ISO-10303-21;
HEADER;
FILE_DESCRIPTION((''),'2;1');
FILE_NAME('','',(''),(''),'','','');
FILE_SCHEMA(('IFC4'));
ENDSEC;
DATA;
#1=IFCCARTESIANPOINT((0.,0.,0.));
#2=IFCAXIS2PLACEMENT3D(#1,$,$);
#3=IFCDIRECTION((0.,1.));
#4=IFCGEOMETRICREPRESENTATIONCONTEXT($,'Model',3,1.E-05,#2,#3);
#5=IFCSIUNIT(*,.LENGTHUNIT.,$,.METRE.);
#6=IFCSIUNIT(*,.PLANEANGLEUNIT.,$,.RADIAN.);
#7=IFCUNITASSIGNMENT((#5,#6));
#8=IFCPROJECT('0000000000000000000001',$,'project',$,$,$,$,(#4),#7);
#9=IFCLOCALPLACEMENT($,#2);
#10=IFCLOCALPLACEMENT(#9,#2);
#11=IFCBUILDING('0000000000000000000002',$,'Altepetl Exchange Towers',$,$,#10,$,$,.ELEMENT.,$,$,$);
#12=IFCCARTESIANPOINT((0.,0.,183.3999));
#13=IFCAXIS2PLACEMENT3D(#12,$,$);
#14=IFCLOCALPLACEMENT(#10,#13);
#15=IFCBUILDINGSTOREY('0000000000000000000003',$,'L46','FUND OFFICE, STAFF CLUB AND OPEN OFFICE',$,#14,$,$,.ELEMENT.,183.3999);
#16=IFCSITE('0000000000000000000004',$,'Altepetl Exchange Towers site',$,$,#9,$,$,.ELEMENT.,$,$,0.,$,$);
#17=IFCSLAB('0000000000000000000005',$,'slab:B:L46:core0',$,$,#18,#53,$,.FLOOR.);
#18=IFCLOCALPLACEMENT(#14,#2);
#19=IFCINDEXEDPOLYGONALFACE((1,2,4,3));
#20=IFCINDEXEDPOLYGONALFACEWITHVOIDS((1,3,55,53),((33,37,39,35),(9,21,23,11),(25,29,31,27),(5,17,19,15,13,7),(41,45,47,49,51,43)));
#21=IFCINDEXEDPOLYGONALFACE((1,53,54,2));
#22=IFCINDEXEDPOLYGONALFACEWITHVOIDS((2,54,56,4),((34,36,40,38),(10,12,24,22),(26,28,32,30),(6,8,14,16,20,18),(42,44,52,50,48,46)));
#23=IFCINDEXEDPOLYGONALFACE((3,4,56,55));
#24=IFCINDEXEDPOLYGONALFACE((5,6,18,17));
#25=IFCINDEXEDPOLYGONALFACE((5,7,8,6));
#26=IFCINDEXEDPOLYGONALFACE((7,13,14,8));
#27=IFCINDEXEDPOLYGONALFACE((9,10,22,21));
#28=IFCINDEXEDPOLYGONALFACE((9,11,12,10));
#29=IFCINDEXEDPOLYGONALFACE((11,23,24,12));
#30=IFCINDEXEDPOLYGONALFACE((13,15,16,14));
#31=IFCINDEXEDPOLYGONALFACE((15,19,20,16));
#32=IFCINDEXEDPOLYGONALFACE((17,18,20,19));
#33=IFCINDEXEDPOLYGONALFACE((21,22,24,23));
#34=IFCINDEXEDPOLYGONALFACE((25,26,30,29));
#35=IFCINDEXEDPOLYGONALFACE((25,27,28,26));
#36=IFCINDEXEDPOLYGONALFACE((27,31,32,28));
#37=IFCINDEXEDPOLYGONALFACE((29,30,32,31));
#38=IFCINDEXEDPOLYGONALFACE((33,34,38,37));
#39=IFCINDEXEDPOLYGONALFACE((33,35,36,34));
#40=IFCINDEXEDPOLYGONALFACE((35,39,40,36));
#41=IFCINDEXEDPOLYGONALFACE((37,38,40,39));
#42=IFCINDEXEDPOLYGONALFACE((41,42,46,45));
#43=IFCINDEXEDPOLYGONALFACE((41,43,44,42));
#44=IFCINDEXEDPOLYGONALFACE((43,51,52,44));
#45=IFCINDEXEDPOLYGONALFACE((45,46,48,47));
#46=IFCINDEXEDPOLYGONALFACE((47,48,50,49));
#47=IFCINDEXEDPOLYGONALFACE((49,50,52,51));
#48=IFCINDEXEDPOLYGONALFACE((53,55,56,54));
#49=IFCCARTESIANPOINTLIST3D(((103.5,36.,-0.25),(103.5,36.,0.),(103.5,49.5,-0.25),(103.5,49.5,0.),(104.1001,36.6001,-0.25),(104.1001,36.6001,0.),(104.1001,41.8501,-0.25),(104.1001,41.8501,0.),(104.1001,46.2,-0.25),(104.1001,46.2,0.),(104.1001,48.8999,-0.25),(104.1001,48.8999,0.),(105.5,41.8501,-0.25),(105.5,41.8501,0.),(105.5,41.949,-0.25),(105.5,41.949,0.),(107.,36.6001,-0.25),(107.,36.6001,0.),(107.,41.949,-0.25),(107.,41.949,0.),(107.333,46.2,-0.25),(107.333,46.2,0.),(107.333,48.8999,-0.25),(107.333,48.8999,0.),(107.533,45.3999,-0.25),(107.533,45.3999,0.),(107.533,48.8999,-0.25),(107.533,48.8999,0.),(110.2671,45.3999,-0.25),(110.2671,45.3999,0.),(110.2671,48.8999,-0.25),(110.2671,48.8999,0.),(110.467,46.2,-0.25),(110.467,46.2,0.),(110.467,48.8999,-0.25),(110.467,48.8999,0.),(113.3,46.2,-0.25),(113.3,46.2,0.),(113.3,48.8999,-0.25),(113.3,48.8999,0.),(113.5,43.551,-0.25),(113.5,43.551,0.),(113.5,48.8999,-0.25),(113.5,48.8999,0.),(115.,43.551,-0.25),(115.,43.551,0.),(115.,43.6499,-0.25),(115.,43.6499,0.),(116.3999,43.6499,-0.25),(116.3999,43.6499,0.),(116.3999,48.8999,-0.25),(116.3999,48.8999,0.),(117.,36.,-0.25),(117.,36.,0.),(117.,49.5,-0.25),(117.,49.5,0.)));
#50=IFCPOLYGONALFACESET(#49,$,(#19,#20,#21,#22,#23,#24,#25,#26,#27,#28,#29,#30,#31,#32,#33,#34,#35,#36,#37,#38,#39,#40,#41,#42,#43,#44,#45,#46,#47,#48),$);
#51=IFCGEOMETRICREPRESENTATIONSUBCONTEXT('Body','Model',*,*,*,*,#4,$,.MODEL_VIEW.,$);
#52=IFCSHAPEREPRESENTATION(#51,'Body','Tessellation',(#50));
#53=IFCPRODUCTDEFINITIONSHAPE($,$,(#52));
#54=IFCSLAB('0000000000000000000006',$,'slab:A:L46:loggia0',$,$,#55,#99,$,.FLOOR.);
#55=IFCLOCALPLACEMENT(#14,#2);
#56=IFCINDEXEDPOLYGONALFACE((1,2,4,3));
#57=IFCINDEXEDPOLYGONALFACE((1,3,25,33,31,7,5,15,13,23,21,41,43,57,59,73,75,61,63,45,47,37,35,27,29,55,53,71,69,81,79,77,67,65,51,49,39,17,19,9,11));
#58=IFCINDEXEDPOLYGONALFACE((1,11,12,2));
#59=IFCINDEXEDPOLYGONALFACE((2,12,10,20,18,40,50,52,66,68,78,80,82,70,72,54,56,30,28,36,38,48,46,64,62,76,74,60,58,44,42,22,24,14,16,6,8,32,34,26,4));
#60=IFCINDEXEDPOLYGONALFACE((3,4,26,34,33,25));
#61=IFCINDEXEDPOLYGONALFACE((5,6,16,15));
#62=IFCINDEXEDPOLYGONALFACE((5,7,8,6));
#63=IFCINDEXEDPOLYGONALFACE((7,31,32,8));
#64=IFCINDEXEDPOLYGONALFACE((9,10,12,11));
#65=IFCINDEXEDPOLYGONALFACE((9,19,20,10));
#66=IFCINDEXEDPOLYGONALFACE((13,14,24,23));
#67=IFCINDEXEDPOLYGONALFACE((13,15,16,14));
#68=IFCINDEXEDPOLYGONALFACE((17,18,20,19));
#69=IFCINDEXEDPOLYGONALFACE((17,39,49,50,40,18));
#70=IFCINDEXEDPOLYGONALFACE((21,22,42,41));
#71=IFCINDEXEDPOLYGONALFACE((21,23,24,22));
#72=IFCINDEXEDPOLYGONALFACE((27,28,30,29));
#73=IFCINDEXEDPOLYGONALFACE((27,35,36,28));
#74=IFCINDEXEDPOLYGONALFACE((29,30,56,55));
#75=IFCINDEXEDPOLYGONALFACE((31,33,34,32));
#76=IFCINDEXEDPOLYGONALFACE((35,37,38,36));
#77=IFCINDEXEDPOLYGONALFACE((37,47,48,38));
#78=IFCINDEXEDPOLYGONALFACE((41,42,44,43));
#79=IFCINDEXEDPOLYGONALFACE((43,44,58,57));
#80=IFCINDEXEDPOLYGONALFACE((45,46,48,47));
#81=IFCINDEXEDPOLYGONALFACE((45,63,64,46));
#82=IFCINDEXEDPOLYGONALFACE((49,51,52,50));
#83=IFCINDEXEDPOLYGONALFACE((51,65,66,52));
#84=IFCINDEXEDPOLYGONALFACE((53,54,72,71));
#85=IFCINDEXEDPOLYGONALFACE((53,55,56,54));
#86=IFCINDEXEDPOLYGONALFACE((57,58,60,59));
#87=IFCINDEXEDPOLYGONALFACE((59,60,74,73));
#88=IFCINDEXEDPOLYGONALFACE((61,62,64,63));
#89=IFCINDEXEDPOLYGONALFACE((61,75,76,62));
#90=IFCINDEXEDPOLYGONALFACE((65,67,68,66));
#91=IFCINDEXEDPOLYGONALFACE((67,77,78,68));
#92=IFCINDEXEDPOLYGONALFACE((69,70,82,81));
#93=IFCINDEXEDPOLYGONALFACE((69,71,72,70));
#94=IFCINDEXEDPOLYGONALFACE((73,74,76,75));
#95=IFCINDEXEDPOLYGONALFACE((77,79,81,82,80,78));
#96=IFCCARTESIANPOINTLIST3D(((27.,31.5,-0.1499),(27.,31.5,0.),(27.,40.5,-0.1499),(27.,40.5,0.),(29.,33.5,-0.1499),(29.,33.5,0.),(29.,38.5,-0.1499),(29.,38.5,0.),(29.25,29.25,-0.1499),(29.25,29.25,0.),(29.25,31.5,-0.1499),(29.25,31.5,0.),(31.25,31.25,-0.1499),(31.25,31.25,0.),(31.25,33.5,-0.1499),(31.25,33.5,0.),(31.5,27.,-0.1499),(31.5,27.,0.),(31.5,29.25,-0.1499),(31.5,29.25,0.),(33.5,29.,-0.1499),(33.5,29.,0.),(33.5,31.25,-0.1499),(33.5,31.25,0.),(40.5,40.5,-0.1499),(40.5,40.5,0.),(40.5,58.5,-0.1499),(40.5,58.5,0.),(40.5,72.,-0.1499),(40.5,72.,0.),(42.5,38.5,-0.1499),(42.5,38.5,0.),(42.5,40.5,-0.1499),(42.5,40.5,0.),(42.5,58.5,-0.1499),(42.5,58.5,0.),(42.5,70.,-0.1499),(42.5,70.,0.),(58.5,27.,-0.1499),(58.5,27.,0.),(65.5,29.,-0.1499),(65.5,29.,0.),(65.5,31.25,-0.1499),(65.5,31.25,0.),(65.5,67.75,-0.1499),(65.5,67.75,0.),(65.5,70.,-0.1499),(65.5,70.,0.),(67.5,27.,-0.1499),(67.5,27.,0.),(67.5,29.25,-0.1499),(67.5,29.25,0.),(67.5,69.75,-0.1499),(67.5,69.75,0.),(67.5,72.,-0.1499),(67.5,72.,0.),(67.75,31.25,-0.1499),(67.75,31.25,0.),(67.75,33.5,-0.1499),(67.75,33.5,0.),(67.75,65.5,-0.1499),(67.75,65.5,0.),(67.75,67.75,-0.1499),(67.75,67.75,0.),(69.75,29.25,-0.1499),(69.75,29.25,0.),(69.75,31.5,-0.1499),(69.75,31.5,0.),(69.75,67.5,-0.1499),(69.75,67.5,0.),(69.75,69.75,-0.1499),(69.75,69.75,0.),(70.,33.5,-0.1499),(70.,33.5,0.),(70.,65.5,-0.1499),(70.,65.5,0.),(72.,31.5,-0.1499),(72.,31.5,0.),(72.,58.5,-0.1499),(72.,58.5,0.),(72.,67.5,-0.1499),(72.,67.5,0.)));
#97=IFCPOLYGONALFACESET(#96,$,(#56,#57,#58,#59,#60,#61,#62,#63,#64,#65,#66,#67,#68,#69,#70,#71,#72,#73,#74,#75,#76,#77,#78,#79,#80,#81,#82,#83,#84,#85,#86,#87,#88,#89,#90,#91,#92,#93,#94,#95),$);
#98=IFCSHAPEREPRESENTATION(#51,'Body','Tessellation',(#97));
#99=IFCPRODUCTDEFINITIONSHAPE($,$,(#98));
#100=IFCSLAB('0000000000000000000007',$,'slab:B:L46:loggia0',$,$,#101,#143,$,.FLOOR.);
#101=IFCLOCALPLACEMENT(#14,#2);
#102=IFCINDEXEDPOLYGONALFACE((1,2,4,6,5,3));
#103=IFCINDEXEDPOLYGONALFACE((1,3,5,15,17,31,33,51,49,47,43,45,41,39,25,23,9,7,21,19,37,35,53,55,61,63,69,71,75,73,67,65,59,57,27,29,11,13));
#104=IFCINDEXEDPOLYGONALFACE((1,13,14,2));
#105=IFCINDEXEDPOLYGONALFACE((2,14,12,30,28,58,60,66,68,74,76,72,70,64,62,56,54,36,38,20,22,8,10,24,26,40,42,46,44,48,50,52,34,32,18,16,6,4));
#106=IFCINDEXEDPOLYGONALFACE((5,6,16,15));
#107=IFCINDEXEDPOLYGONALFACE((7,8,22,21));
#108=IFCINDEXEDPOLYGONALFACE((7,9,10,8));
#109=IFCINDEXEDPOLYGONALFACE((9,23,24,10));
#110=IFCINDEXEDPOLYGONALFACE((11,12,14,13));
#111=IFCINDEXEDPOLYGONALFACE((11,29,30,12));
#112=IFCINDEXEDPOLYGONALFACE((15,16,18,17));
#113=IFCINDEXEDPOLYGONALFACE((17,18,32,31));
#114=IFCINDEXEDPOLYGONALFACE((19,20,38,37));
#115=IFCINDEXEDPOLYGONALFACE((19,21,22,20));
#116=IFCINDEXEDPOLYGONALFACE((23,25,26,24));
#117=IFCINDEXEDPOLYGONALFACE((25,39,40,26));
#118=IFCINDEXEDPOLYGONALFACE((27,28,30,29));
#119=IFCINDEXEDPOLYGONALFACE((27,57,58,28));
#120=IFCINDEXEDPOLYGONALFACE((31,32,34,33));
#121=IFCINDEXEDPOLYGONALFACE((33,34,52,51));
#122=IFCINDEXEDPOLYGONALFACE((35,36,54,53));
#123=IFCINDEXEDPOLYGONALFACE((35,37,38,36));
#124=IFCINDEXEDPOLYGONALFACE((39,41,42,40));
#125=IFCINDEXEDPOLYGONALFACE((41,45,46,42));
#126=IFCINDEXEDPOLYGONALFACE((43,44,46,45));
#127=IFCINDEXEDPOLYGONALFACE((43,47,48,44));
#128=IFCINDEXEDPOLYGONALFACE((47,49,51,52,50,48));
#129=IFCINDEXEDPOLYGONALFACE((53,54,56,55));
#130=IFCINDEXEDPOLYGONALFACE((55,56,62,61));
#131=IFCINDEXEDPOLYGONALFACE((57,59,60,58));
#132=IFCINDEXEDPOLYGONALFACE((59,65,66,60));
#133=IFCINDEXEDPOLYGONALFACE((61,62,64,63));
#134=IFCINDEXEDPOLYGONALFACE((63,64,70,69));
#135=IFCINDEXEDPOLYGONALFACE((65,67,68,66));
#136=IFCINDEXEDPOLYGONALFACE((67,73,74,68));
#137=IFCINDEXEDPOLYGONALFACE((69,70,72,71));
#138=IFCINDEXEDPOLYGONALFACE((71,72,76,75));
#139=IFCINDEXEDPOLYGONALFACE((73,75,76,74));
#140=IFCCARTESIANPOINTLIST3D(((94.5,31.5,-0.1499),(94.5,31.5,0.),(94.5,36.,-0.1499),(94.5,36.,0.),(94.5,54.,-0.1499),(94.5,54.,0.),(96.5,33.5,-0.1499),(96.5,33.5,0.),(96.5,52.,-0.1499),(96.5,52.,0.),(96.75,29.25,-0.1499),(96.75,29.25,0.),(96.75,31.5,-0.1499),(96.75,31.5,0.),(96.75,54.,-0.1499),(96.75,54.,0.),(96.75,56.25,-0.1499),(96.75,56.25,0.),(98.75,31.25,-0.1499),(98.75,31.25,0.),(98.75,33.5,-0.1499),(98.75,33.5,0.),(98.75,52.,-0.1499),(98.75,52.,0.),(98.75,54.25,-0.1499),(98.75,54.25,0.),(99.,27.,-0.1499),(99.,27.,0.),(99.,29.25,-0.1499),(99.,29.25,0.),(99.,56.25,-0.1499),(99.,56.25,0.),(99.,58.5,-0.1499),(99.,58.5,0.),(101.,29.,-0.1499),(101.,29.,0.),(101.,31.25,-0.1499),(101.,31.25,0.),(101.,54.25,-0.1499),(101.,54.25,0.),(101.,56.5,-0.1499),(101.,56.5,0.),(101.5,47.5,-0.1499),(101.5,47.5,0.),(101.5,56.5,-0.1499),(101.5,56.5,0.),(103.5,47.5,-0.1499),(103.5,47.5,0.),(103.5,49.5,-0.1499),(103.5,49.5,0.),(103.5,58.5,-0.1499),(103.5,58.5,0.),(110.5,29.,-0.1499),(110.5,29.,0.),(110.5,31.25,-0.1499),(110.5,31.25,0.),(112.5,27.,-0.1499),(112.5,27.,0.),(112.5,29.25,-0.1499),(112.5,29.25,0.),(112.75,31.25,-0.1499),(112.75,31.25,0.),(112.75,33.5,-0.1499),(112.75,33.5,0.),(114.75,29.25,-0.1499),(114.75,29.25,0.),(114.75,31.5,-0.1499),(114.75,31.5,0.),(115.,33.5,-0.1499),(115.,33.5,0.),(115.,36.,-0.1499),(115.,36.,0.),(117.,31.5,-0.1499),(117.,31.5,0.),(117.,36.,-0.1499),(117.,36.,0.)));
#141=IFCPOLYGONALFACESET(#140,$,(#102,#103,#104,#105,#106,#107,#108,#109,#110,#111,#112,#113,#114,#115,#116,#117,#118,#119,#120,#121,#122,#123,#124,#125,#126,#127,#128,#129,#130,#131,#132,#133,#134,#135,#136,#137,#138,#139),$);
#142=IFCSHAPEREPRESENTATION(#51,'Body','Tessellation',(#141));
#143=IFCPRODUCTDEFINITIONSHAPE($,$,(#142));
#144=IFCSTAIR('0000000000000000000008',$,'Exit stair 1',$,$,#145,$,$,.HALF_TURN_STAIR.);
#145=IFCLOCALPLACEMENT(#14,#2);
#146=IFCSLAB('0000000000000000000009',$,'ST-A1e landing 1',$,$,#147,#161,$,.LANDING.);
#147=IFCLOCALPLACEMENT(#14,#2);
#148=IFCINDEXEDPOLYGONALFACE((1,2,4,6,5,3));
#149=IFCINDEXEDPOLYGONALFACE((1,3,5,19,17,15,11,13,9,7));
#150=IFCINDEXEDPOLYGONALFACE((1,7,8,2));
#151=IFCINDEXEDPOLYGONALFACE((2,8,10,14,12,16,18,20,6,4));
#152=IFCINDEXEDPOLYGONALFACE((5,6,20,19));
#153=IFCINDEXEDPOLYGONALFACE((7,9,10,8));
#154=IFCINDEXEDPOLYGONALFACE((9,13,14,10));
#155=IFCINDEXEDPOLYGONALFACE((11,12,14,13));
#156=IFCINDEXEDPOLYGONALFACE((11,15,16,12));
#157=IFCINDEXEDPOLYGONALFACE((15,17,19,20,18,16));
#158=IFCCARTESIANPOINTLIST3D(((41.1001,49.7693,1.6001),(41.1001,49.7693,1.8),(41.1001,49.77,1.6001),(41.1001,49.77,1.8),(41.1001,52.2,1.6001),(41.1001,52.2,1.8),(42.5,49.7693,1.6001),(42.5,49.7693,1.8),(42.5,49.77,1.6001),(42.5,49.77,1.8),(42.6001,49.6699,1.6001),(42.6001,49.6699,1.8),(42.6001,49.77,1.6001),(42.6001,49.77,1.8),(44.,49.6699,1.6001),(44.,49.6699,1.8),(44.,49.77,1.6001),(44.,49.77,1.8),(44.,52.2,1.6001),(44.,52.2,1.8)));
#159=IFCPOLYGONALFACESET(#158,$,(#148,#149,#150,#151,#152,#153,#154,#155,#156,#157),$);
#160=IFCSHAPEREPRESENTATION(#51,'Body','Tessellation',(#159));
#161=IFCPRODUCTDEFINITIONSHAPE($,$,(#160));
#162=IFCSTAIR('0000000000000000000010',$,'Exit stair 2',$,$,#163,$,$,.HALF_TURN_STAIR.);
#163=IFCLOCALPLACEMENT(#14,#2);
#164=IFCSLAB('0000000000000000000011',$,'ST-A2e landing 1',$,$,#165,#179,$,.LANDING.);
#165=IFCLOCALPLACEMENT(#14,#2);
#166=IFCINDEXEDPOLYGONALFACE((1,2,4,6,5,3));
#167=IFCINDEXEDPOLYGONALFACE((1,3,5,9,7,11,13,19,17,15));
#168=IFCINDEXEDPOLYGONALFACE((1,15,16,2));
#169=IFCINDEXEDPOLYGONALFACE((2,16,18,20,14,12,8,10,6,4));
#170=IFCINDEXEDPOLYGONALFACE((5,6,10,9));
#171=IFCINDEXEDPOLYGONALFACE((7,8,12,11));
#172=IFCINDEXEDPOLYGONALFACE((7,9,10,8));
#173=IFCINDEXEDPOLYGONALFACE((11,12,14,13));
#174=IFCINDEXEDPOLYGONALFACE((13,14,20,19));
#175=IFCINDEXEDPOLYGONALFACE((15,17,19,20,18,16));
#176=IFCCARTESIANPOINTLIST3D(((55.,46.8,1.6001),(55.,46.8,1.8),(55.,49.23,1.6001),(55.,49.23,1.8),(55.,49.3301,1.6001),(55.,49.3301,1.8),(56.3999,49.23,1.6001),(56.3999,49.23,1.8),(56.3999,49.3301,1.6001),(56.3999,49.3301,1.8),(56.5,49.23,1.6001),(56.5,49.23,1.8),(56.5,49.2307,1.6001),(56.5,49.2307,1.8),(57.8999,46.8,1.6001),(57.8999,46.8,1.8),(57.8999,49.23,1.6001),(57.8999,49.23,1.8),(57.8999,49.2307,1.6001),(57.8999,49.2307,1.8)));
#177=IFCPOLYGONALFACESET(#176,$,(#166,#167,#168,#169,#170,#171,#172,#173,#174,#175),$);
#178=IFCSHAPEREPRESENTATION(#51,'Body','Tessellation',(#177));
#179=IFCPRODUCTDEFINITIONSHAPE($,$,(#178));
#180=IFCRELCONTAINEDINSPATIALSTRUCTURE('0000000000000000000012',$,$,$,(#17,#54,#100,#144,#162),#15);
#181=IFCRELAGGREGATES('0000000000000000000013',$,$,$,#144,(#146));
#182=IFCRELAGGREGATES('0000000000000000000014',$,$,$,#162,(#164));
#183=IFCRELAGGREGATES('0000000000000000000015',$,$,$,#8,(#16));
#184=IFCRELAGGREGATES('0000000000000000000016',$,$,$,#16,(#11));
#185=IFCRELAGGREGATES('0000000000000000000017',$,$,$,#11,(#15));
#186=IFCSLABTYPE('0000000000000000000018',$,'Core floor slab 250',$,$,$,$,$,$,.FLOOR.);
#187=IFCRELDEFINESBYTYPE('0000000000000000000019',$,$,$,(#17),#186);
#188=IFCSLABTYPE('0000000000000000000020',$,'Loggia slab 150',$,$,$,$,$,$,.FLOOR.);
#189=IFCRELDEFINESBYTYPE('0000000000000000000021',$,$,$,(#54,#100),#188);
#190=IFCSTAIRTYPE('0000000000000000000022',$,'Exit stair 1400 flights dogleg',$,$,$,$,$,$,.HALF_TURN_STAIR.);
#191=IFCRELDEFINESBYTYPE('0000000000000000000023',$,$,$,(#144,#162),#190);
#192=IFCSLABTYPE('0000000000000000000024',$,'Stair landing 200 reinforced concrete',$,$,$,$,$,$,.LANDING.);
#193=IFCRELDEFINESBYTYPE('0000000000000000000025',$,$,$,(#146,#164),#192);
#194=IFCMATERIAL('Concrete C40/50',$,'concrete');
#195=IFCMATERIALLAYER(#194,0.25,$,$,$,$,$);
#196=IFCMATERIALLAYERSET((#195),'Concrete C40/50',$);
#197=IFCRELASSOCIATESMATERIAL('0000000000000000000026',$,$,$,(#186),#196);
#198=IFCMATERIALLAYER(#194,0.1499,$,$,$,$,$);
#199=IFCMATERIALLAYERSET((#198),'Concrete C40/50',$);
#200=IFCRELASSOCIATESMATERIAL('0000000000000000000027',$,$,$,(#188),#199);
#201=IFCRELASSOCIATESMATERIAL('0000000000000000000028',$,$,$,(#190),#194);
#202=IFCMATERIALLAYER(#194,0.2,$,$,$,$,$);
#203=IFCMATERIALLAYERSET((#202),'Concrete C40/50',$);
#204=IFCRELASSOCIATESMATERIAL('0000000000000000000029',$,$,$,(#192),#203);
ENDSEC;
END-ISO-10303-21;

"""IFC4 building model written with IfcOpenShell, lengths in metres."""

from ifc_helpers import new_model, si_unit, direction, frame, origin, place, context, subcontext, project, spatial, polyline, outline, extrude, material, layer, layer_set, type_object, element, aggregate, save


model = new_model("IFC4")

# Units and contexts
model_context = context("Model", 3, precision=1e-05, world=origin(), true_north=direction((0.0, 1.0)))
body_context = subcontext(model_context, "Body", "Model", "MODEL_VIEW")
ifc_project = project(units=[si_unit("LENGTHUNIT", "METRE"), si_unit("PLANEANGLEUNIT", "RADIAN")], contexts=[model_context])

# Site, building, storey
site_placement = place(None, origin())
site = spatial("IfcSite", under=ifc_project, at=site_placement, Name="Altepetl Exchange Towers site", CompositionType="ELEMENT", RefElevation=0.0)
building_placement = place(site_placement, origin())
building = spatial("IfcBuilding", under=site, at=building_placement, Name="Altepetl Exchange Towers", CompositionType="ELEMENT")
storey_placement = place(building_placement, frame((0.0, 0.0, 183.3999)))
storey = spatial("IfcBuildingStorey", under=building, at=storey_placement, Name="L46", Description="FUND OFFICE, STAFF CLUB AND OPEN OFFICE", CompositionType="ELEMENT", Elevation=183.3999)

# Slabs
ifc_material_1 = material(Name="Concrete C40/50", Category="concrete")
ifc_layer_1 = layer(ifc_material_1, 0.25)
ifc_layer_set_1 = layer_set([ifc_layer_1], Name="Concrete C40/50")
slab_type_1 = type_object("IfcSlabType", Name="Core floor slab 250", PredefinedType="FLOOR", material=ifc_layer_set_1)
slab_1_placement = place(storey_placement, frame((0.0, 0.0, -0.25)))
element("IfcSlab", 1, at=slab_1_placement, inside=storey, type_object=slab_type_1, Name="slab:B:L46:core0", PredefinedType="FLOOR", context=body_context, shape_type="SweptSolid", body=[
    extrude(outline(polyline([(103.5, 36.0), (117.0, 36.0), (117.0, 49.5), (103.5, 49.5), (103.5, 36.0)]), holes=[polyline([(107.0, 36.6001), (104.1001, 36.6001), (104.1001, 41.8501), (105.5, 41.8501), (105.5, 41.949), (107.0, 41.949), (107.0, 36.6001)]), polyline([(113.5, 48.8999), (116.3999, 48.8999), (116.3999, 43.6499), (115.0, 43.6499), (115.0, 43.551), (113.5, 43.551), (113.5, 48.8999)]), polyline([(107.533, 45.3999), (107.533, 48.8999), (110.2671, 48.8999), (110.2671, 45.3999), (107.533, 45.3999)]), polyline([(104.1001, 48.8999), (107.333, 48.8999), (107.333, 46.2), (104.1001, 46.2), (104.1001, 48.8999)]), polyline([(110.467, 48.8999), (113.3, 48.8999), (113.3, 46.2), (110.467, 46.2), (110.467, 48.8999)])]), origin(), (0.0, 0.0, 1.0), 0.25),
])
ifc_layer_2 = layer(ifc_material_1, 0.1499)
ifc_layer_set_2 = layer_set([ifc_layer_2], Name="Concrete C40/50")
slab_type_2 = type_object("IfcSlabType", Name="Loggia slab 150", PredefinedType="FLOOR", material=ifc_layer_set_2)
slab_2_placement = place(storey_placement, frame((0.0, 0.0, -0.1499)))
element("IfcSlab", 2, at=slab_2_placement, inside=storey, type_object=slab_type_2, Name="slab:A:L46:loggia0", PredefinedType="FLOOR", context=body_context, shape_type="SweptSolid", body=[
    extrude(outline(polyline([(40.5, 72.0), (40.5, 58.5), (42.5, 58.5), (42.5, 70.0), (65.5, 70.0), (65.5, 67.75), (67.75, 67.75), (67.75, 65.5), (70.0, 65.5), (70.0, 33.5), (67.75, 33.5), (67.75, 31.25), (65.5, 31.25), (65.5, 29.0), (33.5, 29.0), (33.5, 31.25), (31.25, 31.25), (31.25, 33.5), (29.0, 33.5), (29.0, 38.5), (42.5, 38.5), (42.5, 40.5), (40.5, 40.5), (27.0, 40.5), (27.0, 31.5), (29.25, 31.5), (29.25, 29.25), (31.5, 29.25), (31.5, 27.0), (58.5, 27.0), (67.5, 27.0), (67.5, 29.25), (69.75, 29.25), (69.75, 31.5), (72.0, 31.5), (72.0, 58.5), (72.0, 67.5), (69.75, 67.5), (69.75, 69.75), (67.5, 69.75), (67.5, 72.0), (40.5, 72.0)])), origin(), (0.0, 0.0, 1.0), 0.1499),
])
slab_3_placement = place(storey_placement, frame((0.0, 0.0, -0.1499)))
element("IfcSlab", 3, at=slab_3_placement, inside=storey, type_object=slab_type_2, Name="slab:B:L46:loggia0", PredefinedType="FLOOR", context=body_context, shape_type="SweptSolid", body=[
    extrude(outline(polyline([(99.0, 29.25), (99.0, 27.0), (112.5, 27.0), (112.5, 29.25), (114.75, 29.25), (114.75, 31.5), (117.0, 31.5), (117.0, 36.0), (115.0, 36.0), (115.0, 33.5), (112.75, 33.5), (112.75, 31.25), (110.5, 31.25), (110.5, 29.0), (101.0, 29.0), (101.0, 31.25), (98.75, 31.25), (98.75, 33.5), (96.5, 33.5), (96.5, 52.0), (98.75, 52.0), (98.75, 54.25), (101.0, 54.25), (101.0, 56.5), (101.5, 56.5), (101.5, 47.5), (103.5, 47.5), (103.5, 49.5), (103.5, 58.5), (99.0, 58.5), (99.0, 56.25), (96.75, 56.25), (96.75, 54.0), (94.5, 54.0), (94.5, 36.0), (94.5, 31.5), (96.75, 31.5), (96.75, 29.25), (99.0, 29.25)])), origin(), (0.0, 0.0, 1.0), 0.1499),
])

# Stairs, slabs
stair_type = type_object("IfcStairType", Name="Exit stair 1400 flights dogleg", PredefinedType="HALF_TURN_STAIR", material=ifc_material_1)
stair_1_placement = place(storey_placement, origin())
stair_1 = element("IfcStair", 4, at=stair_1_placement, inside=storey, type_object=stair_type, Name="Exit stair 1", PredefinedType="HALF_TURN_STAIR")
ifc_layer_3 = layer(ifc_material_1, 0.2)
ifc_layer_set_3 = layer_set([ifc_layer_3], Name="Concrete C40/50")
slab_type_3 = type_object("IfcSlabType", Name="Stair landing 200 reinforced concrete", PredefinedType="LANDING", material=ifc_layer_set_3)
slab_4_placement = place(storey_placement, frame((0.0, 0.0, 1.6001)))
slab_4 = element("IfcSlab", 5, at=slab_4_placement, type_object=slab_type_3, Name="ST-A1e landing 1", PredefinedType="LANDING", context=body_context, shape_type="SweptSolid", body=[
    extrude(outline(polyline([(44.0, 49.6699), (42.6001, 49.6699), (42.6001, 49.77), (42.5, 49.77), (42.5, 49.7693), (41.1001, 49.7693), (41.1001, 49.77), (41.1001, 52.2), (44.0, 52.2), (44.0, 49.77), (44.0, 49.6699)])), origin(), (0.0, 0.0, 1.0), 0.2),
])
aggregate(stair_1, [slab_4])
stair_2_placement = place(storey_placement, origin())
stair_2 = element("IfcStair", 6, at=stair_2_placement, inside=storey, type_object=stair_type, Name="Exit stair 2", PredefinedType="HALF_TURN_STAIR")
slab_5_placement = place(storey_placement, frame((0.0, 0.0, 1.6001)))
slab_5 = element("IfcSlab", 7, at=slab_5_placement, type_object=slab_type_3, Name="ST-A2e landing 1", PredefinedType="LANDING", context=body_context, shape_type="SweptSolid", body=[
    extrude(outline(polyline([(57.8999, 46.8), (55.0, 46.8), (55.0, 49.23), (55.0, 49.3301), (56.3999, 49.3301), (56.3999, 49.23), (56.5, 49.23), (56.5, 49.2307), (57.8999, 49.2307), (57.8999, 49.23), (57.8999, 46.8)])), origin(), (0.0, 0.0, 1.0), 0.2),
])
aggregate(stair_2, [slab_5])

save(model, "model.ifc")
